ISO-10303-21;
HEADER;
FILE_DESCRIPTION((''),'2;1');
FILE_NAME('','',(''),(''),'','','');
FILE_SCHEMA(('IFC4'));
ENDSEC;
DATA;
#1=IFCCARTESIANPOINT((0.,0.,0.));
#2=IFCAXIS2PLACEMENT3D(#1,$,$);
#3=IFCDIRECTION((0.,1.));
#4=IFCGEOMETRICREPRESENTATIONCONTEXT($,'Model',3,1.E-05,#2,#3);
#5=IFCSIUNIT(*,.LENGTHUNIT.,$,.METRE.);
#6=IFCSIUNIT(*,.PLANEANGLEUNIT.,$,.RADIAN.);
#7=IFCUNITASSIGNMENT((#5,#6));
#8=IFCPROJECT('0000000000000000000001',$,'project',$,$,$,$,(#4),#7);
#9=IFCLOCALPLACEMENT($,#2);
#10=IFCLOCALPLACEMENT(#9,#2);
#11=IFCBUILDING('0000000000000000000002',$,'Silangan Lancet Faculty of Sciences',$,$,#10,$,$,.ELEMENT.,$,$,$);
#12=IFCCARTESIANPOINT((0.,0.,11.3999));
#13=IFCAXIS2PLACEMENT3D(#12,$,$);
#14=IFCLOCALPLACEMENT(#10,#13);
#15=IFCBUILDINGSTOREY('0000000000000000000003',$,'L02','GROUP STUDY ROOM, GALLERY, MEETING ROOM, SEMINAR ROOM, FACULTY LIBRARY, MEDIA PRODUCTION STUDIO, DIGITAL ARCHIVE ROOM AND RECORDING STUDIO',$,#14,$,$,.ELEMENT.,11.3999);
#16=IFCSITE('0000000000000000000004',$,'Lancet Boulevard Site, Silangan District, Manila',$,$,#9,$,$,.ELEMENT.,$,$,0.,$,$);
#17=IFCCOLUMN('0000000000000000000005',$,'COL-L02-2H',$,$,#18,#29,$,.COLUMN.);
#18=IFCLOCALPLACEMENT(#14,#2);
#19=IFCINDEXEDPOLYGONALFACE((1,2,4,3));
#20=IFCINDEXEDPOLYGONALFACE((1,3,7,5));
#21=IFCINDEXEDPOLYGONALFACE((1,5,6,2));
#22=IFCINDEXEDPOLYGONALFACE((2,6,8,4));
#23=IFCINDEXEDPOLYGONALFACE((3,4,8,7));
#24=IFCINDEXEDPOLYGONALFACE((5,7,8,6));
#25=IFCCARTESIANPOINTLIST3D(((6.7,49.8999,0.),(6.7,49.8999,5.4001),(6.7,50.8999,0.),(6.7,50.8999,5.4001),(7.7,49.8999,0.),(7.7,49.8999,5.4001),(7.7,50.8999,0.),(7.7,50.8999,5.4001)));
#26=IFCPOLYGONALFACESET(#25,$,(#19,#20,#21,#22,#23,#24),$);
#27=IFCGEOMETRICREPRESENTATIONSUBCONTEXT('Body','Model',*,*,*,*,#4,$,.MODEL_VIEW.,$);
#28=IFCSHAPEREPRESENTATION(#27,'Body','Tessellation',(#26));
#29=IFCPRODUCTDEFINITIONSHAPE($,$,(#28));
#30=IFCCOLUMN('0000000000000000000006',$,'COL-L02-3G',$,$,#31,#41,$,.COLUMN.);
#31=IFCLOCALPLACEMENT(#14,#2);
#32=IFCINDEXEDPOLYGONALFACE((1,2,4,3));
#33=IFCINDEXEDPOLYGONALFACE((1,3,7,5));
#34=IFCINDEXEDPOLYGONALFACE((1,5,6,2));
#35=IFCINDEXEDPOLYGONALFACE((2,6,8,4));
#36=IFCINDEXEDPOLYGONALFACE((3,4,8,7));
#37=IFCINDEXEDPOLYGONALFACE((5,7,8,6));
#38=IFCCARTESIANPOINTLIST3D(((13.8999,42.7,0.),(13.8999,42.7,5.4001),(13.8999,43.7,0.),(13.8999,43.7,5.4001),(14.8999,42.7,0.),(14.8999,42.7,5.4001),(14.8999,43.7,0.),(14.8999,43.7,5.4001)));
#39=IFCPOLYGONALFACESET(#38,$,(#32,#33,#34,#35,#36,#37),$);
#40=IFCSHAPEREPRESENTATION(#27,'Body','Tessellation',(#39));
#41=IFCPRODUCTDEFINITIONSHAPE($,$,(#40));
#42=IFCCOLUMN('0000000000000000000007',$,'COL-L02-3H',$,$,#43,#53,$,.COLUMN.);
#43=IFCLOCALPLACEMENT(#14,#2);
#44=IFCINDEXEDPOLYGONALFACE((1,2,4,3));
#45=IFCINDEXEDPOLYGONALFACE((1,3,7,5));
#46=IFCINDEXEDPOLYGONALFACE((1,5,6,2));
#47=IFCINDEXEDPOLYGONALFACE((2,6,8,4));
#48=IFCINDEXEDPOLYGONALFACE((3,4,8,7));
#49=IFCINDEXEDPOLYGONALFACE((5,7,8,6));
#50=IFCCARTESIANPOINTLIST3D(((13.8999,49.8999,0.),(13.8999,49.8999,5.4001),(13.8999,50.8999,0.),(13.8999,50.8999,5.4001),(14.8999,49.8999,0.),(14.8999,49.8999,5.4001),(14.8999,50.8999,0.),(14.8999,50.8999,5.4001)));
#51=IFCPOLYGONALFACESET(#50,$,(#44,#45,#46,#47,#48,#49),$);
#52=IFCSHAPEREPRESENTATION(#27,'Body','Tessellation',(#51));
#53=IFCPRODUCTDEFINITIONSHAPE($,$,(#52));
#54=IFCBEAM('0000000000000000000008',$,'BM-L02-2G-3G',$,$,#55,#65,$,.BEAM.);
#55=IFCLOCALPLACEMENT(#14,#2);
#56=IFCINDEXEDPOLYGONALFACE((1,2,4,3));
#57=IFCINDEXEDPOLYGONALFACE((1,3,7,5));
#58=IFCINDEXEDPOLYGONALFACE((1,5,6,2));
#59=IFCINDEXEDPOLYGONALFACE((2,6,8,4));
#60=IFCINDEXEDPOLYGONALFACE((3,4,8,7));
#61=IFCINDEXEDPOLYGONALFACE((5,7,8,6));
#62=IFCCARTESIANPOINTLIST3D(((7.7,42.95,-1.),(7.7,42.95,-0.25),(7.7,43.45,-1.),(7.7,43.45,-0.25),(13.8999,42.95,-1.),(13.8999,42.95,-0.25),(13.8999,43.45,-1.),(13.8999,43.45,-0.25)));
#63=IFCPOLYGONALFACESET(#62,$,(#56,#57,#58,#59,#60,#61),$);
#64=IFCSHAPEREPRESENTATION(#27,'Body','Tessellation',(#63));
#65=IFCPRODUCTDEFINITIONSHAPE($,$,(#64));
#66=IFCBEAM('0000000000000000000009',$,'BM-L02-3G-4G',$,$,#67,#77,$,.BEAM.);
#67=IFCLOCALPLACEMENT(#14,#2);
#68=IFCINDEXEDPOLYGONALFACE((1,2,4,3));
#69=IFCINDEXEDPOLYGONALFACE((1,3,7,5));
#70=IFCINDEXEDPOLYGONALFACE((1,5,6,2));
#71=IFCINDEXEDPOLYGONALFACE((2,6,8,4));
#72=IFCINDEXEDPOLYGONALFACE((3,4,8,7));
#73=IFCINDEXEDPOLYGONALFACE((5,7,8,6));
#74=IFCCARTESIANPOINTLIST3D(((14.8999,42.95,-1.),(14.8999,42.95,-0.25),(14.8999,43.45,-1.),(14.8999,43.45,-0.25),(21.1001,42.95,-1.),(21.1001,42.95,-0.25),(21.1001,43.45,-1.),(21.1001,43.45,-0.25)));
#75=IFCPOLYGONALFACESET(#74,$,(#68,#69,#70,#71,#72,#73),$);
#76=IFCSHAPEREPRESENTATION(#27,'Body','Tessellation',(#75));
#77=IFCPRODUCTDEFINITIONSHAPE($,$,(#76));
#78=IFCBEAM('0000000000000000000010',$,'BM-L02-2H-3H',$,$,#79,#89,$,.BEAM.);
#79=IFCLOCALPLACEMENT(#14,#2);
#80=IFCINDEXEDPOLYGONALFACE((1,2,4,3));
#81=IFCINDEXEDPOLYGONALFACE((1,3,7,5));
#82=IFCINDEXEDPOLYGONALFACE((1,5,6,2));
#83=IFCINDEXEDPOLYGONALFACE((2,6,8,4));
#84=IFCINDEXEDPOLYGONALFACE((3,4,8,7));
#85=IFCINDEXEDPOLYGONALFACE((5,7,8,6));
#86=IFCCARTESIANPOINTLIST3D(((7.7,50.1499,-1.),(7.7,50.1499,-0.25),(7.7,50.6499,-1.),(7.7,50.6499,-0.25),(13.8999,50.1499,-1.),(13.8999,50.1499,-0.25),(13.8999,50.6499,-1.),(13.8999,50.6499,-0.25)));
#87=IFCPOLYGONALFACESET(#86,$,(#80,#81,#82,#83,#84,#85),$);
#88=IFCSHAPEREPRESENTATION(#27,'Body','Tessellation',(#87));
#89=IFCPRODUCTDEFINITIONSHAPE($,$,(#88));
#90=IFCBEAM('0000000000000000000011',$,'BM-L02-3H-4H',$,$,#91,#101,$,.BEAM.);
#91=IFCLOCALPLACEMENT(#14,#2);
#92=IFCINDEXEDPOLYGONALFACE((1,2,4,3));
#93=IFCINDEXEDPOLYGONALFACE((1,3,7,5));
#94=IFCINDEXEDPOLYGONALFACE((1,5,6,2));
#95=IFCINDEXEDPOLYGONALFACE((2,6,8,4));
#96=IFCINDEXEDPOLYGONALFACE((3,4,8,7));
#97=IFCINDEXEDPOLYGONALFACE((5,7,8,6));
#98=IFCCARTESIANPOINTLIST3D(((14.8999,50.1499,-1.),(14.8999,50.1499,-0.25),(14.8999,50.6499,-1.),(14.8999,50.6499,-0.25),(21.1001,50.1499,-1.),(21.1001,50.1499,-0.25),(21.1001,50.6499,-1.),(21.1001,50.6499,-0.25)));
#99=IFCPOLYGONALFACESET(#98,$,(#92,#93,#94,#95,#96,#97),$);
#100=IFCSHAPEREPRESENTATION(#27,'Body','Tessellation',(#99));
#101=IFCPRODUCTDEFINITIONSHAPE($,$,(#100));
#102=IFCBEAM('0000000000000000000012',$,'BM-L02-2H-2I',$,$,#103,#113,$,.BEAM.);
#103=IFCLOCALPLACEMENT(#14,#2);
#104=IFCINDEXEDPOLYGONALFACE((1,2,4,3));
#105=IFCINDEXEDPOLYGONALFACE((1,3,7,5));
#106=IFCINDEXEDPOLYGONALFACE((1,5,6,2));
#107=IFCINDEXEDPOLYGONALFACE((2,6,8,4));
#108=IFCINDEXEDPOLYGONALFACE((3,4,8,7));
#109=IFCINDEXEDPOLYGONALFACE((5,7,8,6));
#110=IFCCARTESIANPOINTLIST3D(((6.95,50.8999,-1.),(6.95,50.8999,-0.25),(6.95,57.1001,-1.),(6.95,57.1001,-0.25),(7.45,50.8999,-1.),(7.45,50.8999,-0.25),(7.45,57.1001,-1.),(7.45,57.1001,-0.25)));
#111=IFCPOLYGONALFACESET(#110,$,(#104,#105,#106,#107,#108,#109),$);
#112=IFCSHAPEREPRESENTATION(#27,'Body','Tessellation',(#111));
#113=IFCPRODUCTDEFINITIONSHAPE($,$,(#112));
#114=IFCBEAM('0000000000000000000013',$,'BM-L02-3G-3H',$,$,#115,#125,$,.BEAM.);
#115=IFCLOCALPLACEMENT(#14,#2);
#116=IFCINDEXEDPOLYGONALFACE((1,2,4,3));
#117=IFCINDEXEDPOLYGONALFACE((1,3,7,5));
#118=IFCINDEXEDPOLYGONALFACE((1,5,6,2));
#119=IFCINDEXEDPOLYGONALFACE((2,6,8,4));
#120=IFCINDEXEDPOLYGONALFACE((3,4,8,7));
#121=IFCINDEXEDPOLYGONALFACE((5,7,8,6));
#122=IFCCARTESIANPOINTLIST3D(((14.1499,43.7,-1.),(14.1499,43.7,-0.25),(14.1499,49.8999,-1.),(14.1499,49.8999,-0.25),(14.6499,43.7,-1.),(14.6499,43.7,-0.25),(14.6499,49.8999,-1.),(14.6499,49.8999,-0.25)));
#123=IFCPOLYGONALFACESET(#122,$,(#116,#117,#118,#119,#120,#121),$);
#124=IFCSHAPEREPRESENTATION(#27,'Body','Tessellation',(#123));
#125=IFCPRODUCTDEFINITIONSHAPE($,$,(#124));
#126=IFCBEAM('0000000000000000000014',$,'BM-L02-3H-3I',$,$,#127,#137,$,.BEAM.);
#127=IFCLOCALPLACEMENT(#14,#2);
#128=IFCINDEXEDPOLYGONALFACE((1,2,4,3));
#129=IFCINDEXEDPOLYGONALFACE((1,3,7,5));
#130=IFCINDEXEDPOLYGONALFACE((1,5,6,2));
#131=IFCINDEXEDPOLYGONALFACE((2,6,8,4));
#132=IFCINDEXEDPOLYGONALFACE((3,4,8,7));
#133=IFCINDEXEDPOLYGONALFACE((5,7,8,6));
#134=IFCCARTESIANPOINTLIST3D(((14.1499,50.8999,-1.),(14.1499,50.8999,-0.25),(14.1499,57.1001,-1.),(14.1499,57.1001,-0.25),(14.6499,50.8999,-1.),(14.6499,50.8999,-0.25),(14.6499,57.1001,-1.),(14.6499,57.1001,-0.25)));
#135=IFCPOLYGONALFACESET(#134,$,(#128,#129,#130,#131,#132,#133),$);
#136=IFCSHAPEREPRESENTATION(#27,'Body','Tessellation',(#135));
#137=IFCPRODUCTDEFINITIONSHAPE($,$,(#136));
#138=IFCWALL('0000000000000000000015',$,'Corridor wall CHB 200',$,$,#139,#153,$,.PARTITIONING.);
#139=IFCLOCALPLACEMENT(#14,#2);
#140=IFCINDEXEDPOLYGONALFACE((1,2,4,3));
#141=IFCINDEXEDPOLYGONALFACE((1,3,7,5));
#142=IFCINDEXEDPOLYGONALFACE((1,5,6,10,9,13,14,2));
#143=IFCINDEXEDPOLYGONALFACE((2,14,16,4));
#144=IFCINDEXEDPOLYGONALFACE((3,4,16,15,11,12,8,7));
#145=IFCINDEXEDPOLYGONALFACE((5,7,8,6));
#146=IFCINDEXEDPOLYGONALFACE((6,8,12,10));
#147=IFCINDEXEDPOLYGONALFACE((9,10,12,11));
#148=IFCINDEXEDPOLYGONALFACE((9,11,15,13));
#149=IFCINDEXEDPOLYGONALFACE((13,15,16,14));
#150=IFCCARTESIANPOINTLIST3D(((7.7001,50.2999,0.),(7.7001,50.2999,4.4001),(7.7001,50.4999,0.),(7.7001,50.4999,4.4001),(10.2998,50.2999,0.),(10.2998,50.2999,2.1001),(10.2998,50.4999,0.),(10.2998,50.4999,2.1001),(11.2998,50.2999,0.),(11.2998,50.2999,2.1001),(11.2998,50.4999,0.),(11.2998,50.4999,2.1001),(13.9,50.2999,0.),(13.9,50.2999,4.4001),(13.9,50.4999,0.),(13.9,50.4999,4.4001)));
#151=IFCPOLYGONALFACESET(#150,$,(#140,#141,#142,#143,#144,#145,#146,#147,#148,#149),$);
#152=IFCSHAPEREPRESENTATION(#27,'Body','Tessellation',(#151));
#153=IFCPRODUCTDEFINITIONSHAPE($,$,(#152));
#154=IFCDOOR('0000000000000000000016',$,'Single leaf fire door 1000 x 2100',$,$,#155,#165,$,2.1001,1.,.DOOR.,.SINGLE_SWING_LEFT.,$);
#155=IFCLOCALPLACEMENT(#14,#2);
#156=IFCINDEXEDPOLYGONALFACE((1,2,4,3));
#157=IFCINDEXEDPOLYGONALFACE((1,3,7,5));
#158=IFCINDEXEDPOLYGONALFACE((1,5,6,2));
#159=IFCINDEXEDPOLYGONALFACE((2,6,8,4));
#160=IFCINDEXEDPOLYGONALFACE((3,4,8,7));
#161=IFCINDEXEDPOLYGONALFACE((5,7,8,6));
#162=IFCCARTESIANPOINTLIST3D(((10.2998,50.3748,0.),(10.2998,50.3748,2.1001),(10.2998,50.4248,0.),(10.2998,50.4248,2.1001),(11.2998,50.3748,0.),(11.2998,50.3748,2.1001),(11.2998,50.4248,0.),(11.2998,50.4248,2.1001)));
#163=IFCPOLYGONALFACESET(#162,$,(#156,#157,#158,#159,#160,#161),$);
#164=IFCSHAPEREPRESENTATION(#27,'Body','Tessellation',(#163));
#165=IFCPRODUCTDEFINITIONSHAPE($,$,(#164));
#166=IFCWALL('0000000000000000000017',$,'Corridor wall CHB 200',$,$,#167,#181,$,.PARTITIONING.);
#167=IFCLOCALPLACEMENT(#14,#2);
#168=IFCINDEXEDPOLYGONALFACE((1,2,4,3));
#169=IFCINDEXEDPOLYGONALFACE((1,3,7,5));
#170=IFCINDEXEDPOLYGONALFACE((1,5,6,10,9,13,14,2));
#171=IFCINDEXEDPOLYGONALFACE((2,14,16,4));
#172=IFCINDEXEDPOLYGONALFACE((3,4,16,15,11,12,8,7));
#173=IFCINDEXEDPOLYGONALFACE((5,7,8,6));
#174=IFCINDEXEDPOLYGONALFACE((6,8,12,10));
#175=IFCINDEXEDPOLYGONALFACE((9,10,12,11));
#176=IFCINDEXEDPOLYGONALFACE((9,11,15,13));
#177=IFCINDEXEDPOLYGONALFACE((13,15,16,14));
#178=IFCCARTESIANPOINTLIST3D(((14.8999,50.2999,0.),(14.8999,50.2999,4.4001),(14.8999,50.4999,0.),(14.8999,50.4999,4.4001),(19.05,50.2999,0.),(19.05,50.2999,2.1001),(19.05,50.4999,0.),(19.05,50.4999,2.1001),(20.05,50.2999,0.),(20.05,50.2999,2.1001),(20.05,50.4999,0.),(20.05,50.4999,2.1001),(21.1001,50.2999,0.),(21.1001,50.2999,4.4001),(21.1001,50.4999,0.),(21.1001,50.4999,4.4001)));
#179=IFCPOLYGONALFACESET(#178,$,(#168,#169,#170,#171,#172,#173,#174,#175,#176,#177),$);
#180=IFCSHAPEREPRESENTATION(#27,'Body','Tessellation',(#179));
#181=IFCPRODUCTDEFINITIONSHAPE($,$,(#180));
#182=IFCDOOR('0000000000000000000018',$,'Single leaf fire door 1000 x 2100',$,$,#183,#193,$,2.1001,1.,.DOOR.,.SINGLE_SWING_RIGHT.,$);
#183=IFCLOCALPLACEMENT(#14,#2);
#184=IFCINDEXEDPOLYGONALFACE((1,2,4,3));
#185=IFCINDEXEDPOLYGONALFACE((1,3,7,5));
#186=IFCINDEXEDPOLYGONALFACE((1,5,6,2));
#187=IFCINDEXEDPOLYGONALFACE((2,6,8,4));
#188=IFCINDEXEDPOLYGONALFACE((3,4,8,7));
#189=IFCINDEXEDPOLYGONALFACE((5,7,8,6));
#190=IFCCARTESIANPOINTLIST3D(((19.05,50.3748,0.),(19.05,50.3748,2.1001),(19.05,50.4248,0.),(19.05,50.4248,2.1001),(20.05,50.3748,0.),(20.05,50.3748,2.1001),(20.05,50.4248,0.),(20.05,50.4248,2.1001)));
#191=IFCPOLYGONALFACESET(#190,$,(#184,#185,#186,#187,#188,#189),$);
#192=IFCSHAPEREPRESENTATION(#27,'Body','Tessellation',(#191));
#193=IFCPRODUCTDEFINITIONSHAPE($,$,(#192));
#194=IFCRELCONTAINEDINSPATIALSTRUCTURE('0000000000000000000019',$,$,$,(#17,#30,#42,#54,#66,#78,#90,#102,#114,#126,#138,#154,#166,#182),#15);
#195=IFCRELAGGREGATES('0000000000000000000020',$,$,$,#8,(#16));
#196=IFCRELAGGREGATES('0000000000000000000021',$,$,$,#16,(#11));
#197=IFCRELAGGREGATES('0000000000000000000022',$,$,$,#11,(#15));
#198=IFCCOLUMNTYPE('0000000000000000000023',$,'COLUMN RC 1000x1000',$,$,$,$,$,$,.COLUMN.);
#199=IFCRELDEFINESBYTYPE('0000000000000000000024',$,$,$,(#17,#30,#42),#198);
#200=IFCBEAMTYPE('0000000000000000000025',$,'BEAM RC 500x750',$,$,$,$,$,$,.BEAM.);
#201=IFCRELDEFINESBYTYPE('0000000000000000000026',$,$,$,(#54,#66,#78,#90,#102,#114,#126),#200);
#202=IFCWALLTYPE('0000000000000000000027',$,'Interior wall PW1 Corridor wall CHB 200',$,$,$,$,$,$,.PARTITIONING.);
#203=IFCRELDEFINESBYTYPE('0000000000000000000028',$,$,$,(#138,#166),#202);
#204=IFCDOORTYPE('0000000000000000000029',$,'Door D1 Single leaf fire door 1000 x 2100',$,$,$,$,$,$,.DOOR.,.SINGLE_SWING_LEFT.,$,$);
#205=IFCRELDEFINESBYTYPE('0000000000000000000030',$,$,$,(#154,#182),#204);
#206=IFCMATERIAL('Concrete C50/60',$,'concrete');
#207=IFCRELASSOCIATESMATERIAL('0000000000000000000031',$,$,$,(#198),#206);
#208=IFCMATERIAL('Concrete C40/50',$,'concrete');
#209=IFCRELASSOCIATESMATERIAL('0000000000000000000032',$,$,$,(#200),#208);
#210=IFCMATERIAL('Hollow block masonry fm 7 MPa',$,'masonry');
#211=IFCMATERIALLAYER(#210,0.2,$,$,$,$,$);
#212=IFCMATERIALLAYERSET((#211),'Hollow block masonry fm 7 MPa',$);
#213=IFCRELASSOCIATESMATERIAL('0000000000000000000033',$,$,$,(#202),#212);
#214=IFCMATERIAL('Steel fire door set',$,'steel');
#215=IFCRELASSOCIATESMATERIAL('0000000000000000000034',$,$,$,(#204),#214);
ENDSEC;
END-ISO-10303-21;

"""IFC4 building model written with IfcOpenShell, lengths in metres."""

from ifc_helpers import new_model, si_unit, direction, frame, frame_2d, origin, origin_2d, place, context, subcontext, project, spatial, rectangle, extrude, material, layer, layer_set, material_profile, profile_set, type_object, element, fill, save


model = new_model("IFC4")

# Units and contexts
model_context = context("Model", 3, precision=1e-05, world=origin(), true_north=direction((0.0, 1.0)))
body_context = subcontext(model_context, "Body", "Model", "MODEL_VIEW")
ifc_project = project(units=[si_unit("LENGTHUNIT", "METRE"), si_unit("PLANEANGLEUNIT", "RADIAN")], contexts=[model_context])

# Site, building, storey
site_placement = place(None, origin())
site = spatial("IfcSite", under=ifc_project, at=site_placement, Name="Lancet Boulevard Site, Silangan District, Manila", CompositionType="ELEMENT", RefElevation=0.0)
building_placement = place(site_placement, origin())
building = spatial("IfcBuilding", under=site, at=building_placement, Name="Silangan Lancet Faculty of Sciences", CompositionType="ELEMENT")
storey_placement = place(building_placement, frame((0.0, 0.0, 11.3999)))
storey = spatial("IfcBuildingStorey", under=building, at=storey_placement, Name="L02", Description="GROUP STUDY ROOM, GALLERY, MEETING ROOM, SEMINAR ROOM, FACULTY LIBRARY, MEDIA PRODUCTION STUDIO, DIGITAL ARCHIVE ROOM AND RECORDING STUDIO", CompositionType="ELEMENT", Elevation=11.3999)

# Columns
ifc_material_1 = material(Name="Concrete C50/60", Category="concrete")
ifc_material_profile_1 = material_profile(ifc_material_1, rectangle(XDim=1.0, YDim=1.0, at=origin_2d()), Name="RC 1000x1000")
ifc_profile_set_1 = profile_set([ifc_material_profile_1], Name="Concrete C50/60")
column_type = type_object("IfcColumnType", Name="COLUMN RC 1000x1000", PredefinedType="COLUMN", material=ifc_profile_set_1)
for number, where, z_axis, x_axis, name in (
    (1, (7.2, 50.3999, 0.0), (0.0, 0.0, 1.0), (1.0, 0.0, 0.0), "COL-L02-2H"),
    (2, (14.3999, 43.2, 0.0), (0.0, 0.0, 1.0), (1.0, 0.0, 0.0), "COL-L02-3G"),
    (3, (14.3999, 50.3999, 0.0), (0.0, 0.0, 1.0), (1.0, 0.0, 0.0), "COL-L02-3H"),
):
    element("IfcColumn", number, at=place(storey_placement, frame(where, z_axis=z_axis, x_axis=x_axis)), inside=storey, type_object=column_type, Name=name, PredefinedType="COLUMN", context=body_context, shape_type="SweptSolid", body=[
        extrude(rectangle(XDim=1.0, YDim=1.0, at=origin_2d()), origin(), (0.0, 0.0, 1.0), 5.4001),
    ])

# Beams
ifc_material_2 = material(Name="Concrete C40/50", Category="concrete")
ifc_material_profile_2 = material_profile(ifc_material_2, rectangle(XDim=0.5, YDim=0.75, at=origin_2d()), Name="RC 500x750")
ifc_profile_set_2 = profile_set([ifc_material_profile_2], Name="Concrete C40/50")
beam_type = type_object("IfcBeamType", Name="BEAM RC 500x750", PredefinedType="BEAM", material=ifc_profile_set_2)
beam_1_placement = place(storey_placement, frame((7.7, 43.2, -0.625), z_axis=(1.0, 0.0, 0.0), x_axis=(0.0, 1.0, 0.0)))
element("IfcBeam", 4, at=beam_1_placement, inside=storey, type_object=beam_type, Name="BM-L02-2G-3G", PredefinedType="BEAM", context=body_context, shape_type="SweptSolid", body=[
    extrude(rectangle(XDim=0.5, YDim=0.75, at=origin_2d()), origin(), (0.0, 0.0, 1.0), 6.2),
])
beam_2_placement = place(storey_placement, frame((14.8999, 43.2, -0.625), z_axis=(1.0, 0.0, 0.0), x_axis=(0.0, 1.0, 0.0)))
element("IfcBeam", 5, at=beam_2_placement, inside=storey, type_object=beam_type, Name="BM-L02-3G-4G", PredefinedType="BEAM", context=body_context, shape_type="SweptSolid", body=[
    extrude(rectangle(XDim=0.5, YDim=0.75, at=origin_2d()), origin(), (0.0, 0.0, 1.0), 6.2002),
])
beam_3_placement = place(storey_placement, frame((7.7, 50.3999, -0.625), z_axis=(1.0, 0.0, 0.0), x_axis=(0.0, 1.0, 0.0)))
element("IfcBeam", 6, at=beam_3_placement, inside=storey, type_object=beam_type, Name="BM-L02-2H-3H", PredefinedType="BEAM", context=body_context, shape_type="SweptSolid", body=[
    extrude(rectangle(XDim=0.5, YDim=0.75, at=origin_2d()), origin(), (0.0, 0.0, 1.0), 6.2),
])
for number, where, z_axis, x_axis, name in (
    (7, (14.8999, 50.3999, -0.625), (1.0, 0.0, 0.0), (0.0, 1.0, 0.0), "BM-L02-3H-4H"),
    (8, (7.2, 50.8999, -0.625), (0.0, 1.0, 0.0), (-1.0, 0.0, 0.0), "BM-L02-2H-2I"),
):
    element("IfcBeam", number, at=place(storey_placement, frame(where, z_axis=z_axis, x_axis=x_axis)), inside=storey, type_object=beam_type, Name=name, PredefinedType="BEAM", context=body_context, shape_type="SweptSolid", body=[
        extrude(rectangle(XDim=0.5, YDim=0.75, at=origin_2d()), origin(), (0.0, 0.0, 1.0), 6.2002),
    ])
beam_4_placement = place(storey_placement, frame((14.3999, 43.7, -0.625), z_axis=(0.0, 1.0, 0.0), x_axis=(-1.0, 0.0, 0.0)))
element("IfcBeam", 9, at=beam_4_placement, inside=storey, type_object=beam_type, Name="BM-L02-3G-3H", PredefinedType="BEAM", context=body_context, shape_type="SweptSolid", body=[
    extrude(rectangle(XDim=0.5, YDim=0.75, at=origin_2d()), origin(), (0.0, 0.0, 1.0), 6.2),
])
beam_5_placement = place(storey_placement, frame((14.3999, 50.8999, -0.625), z_axis=(0.0, 1.0, 0.0), x_axis=(-1.0, 0.0, 0.0)))
element("IfcBeam", 10, at=beam_5_placement, inside=storey, type_object=beam_type, Name="BM-L02-3H-3I", PredefinedType="BEAM", context=body_context, shape_type="SweptSolid", body=[
    extrude(rectangle(XDim=0.5, YDim=0.75, at=origin_2d()), origin(), (0.0, 0.0, 1.0), 6.2002),
])

# Walls, openings, doors
ifc_material_3 = material(Name="Hollow block masonry fm 7 MPa", Category="masonry")
ifc_layer_1 = layer(ifc_material_3, 0.2)
ifc_layer_set_1 = layer_set([ifc_layer_1], Name="Hollow block masonry fm 7 MPa")
wall_type_1 = type_object("IfcWallType", Name="Interior wall PW1 Corridor wall CHB 200", PredefinedType="PARTITIONING", material=ifc_layer_set_1)
wall_1_placement = place(storey_placement, frame((7.7, 50.3999, 0.0), z_axis=(0.0, 0.0, 1.0), x_axis=(1.0, 0.0, 0.0)))
wall_1 = element("IfcWall", 11, at=wall_1_placement, inside=storey, type_object=wall_type_1, Name="Corridor wall CHB 200", PredefinedType="PARTITIONING", context=body_context, shape_type="SweptSolid", body=[
    extrude(rectangle(XDim=6.2, YDim=0.2, at=frame_2d((3.1001, 0.0))), origin(), (0.0, 0.0, 1.0), 4.4001),
])
opening_1_placement = place(wall_1_placement, frame((2.5999, 0.0, 0.0)))
opening_1 = element("IfcOpeningElement", 12, at=opening_1_placement, cuts=wall_1, PredefinedType="OPENING", context=body_context, shape_type="SweptSolid", body=[
    extrude(rectangle(XDim=1.0, YDim=2.1001, at=frame_2d((0.5, 1.05))), frame((0.0, 0.1099, 0.0), z_axis=(0.0, -1.0, 0.0), x_axis=(1.0, 0.0, 0.0)), (0.0, 0.0, 1.0), 0.22),
])
ifc_material_4 = material(Name="Steel fire door set", Category="steel")
door_type = type_object("IfcDoorType", Name="Door D1 Single leaf fire door 1000 x 2100", OperationType="SINGLE_SWING_LEFT", PredefinedType="DOOR", material=ifc_material_4)
door_1_placement = place(opening_1_placement, origin())
door_1 = element("IfcDoor", 13, at=door_1_placement, inside=storey, type_object=door_type, Name="Single leaf fire door 1000 x 2100", OperationType="SINGLE_SWING_LEFT", OverallHeight=2.1001, OverallWidth=1.0, PredefinedType="DOOR", context=body_context, shape_type="SweptSolid", body=[
    extrude(rectangle(XDim=1.0, YDim=2.1001, at=frame_2d((0.5, 1.05))), frame((0.0, 0.0249, 0.0), z_axis=(0.0, -1.0, 0.0), x_axis=(1.0, 0.0, 0.0)), (0.0, 0.0, 1.0), 0.05),
])
fill(opening_1, door_1)
wall_2_placement = place(storey_placement, frame((14.8999, 50.3999, 0.0), z_axis=(0.0, 0.0, 1.0), x_axis=(1.0, 0.0, 0.0)))
wall_2 = element("IfcWall", 14, at=wall_2_placement, inside=storey, type_object=wall_type_1, Name="Corridor wall CHB 200", PredefinedType="PARTITIONING", context=body_context, shape_type="SweptSolid", body=[
    extrude(rectangle(XDim=6.2002, YDim=0.2, at=frame_2d((3.1001, 0.0))), origin(), (0.0, 0.0, 1.0), 4.4001),
])
opening_2_placement = place(wall_2_placement, frame((4.1501, 0.0, 0.0)))
opening_2 = element("IfcOpeningElement", 15, at=opening_2_placement, cuts=wall_2, PredefinedType="OPENING", context=body_context, shape_type="SweptSolid", body=[
    extrude(rectangle(XDim=1.0, YDim=2.1001, at=frame_2d((0.5, 1.05))), frame((0.0, 0.1099, 0.0), z_axis=(0.0, -1.0, 0.0), x_axis=(1.0, 0.0, 0.0)), (0.0, 0.0, 1.0), 0.22),
])
door_2_placement = place(opening_2_placement, origin())
door_2 = element("IfcDoor", 16, at=door_2_placement, inside=storey, type_object=door_type, Name="Single leaf fire door 1000 x 2100", OperationType="SINGLE_SWING_RIGHT", OverallHeight=2.1001, OverallWidth=1.0, PredefinedType="DOOR", context=body_context, shape_type="SweptSolid", body=[
    extrude(rectangle(XDim=1.0, YDim=2.1001, at=frame_2d((0.5, 1.05))), frame((0.0, 0.0249, 0.0), z_axis=(0.0, -1.0, 0.0), x_axis=(1.0, 0.0, 0.0)), (0.0, 0.0, 1.0), 0.05),
])
fill(opening_2, door_2)

save(model, "model.ifc")
